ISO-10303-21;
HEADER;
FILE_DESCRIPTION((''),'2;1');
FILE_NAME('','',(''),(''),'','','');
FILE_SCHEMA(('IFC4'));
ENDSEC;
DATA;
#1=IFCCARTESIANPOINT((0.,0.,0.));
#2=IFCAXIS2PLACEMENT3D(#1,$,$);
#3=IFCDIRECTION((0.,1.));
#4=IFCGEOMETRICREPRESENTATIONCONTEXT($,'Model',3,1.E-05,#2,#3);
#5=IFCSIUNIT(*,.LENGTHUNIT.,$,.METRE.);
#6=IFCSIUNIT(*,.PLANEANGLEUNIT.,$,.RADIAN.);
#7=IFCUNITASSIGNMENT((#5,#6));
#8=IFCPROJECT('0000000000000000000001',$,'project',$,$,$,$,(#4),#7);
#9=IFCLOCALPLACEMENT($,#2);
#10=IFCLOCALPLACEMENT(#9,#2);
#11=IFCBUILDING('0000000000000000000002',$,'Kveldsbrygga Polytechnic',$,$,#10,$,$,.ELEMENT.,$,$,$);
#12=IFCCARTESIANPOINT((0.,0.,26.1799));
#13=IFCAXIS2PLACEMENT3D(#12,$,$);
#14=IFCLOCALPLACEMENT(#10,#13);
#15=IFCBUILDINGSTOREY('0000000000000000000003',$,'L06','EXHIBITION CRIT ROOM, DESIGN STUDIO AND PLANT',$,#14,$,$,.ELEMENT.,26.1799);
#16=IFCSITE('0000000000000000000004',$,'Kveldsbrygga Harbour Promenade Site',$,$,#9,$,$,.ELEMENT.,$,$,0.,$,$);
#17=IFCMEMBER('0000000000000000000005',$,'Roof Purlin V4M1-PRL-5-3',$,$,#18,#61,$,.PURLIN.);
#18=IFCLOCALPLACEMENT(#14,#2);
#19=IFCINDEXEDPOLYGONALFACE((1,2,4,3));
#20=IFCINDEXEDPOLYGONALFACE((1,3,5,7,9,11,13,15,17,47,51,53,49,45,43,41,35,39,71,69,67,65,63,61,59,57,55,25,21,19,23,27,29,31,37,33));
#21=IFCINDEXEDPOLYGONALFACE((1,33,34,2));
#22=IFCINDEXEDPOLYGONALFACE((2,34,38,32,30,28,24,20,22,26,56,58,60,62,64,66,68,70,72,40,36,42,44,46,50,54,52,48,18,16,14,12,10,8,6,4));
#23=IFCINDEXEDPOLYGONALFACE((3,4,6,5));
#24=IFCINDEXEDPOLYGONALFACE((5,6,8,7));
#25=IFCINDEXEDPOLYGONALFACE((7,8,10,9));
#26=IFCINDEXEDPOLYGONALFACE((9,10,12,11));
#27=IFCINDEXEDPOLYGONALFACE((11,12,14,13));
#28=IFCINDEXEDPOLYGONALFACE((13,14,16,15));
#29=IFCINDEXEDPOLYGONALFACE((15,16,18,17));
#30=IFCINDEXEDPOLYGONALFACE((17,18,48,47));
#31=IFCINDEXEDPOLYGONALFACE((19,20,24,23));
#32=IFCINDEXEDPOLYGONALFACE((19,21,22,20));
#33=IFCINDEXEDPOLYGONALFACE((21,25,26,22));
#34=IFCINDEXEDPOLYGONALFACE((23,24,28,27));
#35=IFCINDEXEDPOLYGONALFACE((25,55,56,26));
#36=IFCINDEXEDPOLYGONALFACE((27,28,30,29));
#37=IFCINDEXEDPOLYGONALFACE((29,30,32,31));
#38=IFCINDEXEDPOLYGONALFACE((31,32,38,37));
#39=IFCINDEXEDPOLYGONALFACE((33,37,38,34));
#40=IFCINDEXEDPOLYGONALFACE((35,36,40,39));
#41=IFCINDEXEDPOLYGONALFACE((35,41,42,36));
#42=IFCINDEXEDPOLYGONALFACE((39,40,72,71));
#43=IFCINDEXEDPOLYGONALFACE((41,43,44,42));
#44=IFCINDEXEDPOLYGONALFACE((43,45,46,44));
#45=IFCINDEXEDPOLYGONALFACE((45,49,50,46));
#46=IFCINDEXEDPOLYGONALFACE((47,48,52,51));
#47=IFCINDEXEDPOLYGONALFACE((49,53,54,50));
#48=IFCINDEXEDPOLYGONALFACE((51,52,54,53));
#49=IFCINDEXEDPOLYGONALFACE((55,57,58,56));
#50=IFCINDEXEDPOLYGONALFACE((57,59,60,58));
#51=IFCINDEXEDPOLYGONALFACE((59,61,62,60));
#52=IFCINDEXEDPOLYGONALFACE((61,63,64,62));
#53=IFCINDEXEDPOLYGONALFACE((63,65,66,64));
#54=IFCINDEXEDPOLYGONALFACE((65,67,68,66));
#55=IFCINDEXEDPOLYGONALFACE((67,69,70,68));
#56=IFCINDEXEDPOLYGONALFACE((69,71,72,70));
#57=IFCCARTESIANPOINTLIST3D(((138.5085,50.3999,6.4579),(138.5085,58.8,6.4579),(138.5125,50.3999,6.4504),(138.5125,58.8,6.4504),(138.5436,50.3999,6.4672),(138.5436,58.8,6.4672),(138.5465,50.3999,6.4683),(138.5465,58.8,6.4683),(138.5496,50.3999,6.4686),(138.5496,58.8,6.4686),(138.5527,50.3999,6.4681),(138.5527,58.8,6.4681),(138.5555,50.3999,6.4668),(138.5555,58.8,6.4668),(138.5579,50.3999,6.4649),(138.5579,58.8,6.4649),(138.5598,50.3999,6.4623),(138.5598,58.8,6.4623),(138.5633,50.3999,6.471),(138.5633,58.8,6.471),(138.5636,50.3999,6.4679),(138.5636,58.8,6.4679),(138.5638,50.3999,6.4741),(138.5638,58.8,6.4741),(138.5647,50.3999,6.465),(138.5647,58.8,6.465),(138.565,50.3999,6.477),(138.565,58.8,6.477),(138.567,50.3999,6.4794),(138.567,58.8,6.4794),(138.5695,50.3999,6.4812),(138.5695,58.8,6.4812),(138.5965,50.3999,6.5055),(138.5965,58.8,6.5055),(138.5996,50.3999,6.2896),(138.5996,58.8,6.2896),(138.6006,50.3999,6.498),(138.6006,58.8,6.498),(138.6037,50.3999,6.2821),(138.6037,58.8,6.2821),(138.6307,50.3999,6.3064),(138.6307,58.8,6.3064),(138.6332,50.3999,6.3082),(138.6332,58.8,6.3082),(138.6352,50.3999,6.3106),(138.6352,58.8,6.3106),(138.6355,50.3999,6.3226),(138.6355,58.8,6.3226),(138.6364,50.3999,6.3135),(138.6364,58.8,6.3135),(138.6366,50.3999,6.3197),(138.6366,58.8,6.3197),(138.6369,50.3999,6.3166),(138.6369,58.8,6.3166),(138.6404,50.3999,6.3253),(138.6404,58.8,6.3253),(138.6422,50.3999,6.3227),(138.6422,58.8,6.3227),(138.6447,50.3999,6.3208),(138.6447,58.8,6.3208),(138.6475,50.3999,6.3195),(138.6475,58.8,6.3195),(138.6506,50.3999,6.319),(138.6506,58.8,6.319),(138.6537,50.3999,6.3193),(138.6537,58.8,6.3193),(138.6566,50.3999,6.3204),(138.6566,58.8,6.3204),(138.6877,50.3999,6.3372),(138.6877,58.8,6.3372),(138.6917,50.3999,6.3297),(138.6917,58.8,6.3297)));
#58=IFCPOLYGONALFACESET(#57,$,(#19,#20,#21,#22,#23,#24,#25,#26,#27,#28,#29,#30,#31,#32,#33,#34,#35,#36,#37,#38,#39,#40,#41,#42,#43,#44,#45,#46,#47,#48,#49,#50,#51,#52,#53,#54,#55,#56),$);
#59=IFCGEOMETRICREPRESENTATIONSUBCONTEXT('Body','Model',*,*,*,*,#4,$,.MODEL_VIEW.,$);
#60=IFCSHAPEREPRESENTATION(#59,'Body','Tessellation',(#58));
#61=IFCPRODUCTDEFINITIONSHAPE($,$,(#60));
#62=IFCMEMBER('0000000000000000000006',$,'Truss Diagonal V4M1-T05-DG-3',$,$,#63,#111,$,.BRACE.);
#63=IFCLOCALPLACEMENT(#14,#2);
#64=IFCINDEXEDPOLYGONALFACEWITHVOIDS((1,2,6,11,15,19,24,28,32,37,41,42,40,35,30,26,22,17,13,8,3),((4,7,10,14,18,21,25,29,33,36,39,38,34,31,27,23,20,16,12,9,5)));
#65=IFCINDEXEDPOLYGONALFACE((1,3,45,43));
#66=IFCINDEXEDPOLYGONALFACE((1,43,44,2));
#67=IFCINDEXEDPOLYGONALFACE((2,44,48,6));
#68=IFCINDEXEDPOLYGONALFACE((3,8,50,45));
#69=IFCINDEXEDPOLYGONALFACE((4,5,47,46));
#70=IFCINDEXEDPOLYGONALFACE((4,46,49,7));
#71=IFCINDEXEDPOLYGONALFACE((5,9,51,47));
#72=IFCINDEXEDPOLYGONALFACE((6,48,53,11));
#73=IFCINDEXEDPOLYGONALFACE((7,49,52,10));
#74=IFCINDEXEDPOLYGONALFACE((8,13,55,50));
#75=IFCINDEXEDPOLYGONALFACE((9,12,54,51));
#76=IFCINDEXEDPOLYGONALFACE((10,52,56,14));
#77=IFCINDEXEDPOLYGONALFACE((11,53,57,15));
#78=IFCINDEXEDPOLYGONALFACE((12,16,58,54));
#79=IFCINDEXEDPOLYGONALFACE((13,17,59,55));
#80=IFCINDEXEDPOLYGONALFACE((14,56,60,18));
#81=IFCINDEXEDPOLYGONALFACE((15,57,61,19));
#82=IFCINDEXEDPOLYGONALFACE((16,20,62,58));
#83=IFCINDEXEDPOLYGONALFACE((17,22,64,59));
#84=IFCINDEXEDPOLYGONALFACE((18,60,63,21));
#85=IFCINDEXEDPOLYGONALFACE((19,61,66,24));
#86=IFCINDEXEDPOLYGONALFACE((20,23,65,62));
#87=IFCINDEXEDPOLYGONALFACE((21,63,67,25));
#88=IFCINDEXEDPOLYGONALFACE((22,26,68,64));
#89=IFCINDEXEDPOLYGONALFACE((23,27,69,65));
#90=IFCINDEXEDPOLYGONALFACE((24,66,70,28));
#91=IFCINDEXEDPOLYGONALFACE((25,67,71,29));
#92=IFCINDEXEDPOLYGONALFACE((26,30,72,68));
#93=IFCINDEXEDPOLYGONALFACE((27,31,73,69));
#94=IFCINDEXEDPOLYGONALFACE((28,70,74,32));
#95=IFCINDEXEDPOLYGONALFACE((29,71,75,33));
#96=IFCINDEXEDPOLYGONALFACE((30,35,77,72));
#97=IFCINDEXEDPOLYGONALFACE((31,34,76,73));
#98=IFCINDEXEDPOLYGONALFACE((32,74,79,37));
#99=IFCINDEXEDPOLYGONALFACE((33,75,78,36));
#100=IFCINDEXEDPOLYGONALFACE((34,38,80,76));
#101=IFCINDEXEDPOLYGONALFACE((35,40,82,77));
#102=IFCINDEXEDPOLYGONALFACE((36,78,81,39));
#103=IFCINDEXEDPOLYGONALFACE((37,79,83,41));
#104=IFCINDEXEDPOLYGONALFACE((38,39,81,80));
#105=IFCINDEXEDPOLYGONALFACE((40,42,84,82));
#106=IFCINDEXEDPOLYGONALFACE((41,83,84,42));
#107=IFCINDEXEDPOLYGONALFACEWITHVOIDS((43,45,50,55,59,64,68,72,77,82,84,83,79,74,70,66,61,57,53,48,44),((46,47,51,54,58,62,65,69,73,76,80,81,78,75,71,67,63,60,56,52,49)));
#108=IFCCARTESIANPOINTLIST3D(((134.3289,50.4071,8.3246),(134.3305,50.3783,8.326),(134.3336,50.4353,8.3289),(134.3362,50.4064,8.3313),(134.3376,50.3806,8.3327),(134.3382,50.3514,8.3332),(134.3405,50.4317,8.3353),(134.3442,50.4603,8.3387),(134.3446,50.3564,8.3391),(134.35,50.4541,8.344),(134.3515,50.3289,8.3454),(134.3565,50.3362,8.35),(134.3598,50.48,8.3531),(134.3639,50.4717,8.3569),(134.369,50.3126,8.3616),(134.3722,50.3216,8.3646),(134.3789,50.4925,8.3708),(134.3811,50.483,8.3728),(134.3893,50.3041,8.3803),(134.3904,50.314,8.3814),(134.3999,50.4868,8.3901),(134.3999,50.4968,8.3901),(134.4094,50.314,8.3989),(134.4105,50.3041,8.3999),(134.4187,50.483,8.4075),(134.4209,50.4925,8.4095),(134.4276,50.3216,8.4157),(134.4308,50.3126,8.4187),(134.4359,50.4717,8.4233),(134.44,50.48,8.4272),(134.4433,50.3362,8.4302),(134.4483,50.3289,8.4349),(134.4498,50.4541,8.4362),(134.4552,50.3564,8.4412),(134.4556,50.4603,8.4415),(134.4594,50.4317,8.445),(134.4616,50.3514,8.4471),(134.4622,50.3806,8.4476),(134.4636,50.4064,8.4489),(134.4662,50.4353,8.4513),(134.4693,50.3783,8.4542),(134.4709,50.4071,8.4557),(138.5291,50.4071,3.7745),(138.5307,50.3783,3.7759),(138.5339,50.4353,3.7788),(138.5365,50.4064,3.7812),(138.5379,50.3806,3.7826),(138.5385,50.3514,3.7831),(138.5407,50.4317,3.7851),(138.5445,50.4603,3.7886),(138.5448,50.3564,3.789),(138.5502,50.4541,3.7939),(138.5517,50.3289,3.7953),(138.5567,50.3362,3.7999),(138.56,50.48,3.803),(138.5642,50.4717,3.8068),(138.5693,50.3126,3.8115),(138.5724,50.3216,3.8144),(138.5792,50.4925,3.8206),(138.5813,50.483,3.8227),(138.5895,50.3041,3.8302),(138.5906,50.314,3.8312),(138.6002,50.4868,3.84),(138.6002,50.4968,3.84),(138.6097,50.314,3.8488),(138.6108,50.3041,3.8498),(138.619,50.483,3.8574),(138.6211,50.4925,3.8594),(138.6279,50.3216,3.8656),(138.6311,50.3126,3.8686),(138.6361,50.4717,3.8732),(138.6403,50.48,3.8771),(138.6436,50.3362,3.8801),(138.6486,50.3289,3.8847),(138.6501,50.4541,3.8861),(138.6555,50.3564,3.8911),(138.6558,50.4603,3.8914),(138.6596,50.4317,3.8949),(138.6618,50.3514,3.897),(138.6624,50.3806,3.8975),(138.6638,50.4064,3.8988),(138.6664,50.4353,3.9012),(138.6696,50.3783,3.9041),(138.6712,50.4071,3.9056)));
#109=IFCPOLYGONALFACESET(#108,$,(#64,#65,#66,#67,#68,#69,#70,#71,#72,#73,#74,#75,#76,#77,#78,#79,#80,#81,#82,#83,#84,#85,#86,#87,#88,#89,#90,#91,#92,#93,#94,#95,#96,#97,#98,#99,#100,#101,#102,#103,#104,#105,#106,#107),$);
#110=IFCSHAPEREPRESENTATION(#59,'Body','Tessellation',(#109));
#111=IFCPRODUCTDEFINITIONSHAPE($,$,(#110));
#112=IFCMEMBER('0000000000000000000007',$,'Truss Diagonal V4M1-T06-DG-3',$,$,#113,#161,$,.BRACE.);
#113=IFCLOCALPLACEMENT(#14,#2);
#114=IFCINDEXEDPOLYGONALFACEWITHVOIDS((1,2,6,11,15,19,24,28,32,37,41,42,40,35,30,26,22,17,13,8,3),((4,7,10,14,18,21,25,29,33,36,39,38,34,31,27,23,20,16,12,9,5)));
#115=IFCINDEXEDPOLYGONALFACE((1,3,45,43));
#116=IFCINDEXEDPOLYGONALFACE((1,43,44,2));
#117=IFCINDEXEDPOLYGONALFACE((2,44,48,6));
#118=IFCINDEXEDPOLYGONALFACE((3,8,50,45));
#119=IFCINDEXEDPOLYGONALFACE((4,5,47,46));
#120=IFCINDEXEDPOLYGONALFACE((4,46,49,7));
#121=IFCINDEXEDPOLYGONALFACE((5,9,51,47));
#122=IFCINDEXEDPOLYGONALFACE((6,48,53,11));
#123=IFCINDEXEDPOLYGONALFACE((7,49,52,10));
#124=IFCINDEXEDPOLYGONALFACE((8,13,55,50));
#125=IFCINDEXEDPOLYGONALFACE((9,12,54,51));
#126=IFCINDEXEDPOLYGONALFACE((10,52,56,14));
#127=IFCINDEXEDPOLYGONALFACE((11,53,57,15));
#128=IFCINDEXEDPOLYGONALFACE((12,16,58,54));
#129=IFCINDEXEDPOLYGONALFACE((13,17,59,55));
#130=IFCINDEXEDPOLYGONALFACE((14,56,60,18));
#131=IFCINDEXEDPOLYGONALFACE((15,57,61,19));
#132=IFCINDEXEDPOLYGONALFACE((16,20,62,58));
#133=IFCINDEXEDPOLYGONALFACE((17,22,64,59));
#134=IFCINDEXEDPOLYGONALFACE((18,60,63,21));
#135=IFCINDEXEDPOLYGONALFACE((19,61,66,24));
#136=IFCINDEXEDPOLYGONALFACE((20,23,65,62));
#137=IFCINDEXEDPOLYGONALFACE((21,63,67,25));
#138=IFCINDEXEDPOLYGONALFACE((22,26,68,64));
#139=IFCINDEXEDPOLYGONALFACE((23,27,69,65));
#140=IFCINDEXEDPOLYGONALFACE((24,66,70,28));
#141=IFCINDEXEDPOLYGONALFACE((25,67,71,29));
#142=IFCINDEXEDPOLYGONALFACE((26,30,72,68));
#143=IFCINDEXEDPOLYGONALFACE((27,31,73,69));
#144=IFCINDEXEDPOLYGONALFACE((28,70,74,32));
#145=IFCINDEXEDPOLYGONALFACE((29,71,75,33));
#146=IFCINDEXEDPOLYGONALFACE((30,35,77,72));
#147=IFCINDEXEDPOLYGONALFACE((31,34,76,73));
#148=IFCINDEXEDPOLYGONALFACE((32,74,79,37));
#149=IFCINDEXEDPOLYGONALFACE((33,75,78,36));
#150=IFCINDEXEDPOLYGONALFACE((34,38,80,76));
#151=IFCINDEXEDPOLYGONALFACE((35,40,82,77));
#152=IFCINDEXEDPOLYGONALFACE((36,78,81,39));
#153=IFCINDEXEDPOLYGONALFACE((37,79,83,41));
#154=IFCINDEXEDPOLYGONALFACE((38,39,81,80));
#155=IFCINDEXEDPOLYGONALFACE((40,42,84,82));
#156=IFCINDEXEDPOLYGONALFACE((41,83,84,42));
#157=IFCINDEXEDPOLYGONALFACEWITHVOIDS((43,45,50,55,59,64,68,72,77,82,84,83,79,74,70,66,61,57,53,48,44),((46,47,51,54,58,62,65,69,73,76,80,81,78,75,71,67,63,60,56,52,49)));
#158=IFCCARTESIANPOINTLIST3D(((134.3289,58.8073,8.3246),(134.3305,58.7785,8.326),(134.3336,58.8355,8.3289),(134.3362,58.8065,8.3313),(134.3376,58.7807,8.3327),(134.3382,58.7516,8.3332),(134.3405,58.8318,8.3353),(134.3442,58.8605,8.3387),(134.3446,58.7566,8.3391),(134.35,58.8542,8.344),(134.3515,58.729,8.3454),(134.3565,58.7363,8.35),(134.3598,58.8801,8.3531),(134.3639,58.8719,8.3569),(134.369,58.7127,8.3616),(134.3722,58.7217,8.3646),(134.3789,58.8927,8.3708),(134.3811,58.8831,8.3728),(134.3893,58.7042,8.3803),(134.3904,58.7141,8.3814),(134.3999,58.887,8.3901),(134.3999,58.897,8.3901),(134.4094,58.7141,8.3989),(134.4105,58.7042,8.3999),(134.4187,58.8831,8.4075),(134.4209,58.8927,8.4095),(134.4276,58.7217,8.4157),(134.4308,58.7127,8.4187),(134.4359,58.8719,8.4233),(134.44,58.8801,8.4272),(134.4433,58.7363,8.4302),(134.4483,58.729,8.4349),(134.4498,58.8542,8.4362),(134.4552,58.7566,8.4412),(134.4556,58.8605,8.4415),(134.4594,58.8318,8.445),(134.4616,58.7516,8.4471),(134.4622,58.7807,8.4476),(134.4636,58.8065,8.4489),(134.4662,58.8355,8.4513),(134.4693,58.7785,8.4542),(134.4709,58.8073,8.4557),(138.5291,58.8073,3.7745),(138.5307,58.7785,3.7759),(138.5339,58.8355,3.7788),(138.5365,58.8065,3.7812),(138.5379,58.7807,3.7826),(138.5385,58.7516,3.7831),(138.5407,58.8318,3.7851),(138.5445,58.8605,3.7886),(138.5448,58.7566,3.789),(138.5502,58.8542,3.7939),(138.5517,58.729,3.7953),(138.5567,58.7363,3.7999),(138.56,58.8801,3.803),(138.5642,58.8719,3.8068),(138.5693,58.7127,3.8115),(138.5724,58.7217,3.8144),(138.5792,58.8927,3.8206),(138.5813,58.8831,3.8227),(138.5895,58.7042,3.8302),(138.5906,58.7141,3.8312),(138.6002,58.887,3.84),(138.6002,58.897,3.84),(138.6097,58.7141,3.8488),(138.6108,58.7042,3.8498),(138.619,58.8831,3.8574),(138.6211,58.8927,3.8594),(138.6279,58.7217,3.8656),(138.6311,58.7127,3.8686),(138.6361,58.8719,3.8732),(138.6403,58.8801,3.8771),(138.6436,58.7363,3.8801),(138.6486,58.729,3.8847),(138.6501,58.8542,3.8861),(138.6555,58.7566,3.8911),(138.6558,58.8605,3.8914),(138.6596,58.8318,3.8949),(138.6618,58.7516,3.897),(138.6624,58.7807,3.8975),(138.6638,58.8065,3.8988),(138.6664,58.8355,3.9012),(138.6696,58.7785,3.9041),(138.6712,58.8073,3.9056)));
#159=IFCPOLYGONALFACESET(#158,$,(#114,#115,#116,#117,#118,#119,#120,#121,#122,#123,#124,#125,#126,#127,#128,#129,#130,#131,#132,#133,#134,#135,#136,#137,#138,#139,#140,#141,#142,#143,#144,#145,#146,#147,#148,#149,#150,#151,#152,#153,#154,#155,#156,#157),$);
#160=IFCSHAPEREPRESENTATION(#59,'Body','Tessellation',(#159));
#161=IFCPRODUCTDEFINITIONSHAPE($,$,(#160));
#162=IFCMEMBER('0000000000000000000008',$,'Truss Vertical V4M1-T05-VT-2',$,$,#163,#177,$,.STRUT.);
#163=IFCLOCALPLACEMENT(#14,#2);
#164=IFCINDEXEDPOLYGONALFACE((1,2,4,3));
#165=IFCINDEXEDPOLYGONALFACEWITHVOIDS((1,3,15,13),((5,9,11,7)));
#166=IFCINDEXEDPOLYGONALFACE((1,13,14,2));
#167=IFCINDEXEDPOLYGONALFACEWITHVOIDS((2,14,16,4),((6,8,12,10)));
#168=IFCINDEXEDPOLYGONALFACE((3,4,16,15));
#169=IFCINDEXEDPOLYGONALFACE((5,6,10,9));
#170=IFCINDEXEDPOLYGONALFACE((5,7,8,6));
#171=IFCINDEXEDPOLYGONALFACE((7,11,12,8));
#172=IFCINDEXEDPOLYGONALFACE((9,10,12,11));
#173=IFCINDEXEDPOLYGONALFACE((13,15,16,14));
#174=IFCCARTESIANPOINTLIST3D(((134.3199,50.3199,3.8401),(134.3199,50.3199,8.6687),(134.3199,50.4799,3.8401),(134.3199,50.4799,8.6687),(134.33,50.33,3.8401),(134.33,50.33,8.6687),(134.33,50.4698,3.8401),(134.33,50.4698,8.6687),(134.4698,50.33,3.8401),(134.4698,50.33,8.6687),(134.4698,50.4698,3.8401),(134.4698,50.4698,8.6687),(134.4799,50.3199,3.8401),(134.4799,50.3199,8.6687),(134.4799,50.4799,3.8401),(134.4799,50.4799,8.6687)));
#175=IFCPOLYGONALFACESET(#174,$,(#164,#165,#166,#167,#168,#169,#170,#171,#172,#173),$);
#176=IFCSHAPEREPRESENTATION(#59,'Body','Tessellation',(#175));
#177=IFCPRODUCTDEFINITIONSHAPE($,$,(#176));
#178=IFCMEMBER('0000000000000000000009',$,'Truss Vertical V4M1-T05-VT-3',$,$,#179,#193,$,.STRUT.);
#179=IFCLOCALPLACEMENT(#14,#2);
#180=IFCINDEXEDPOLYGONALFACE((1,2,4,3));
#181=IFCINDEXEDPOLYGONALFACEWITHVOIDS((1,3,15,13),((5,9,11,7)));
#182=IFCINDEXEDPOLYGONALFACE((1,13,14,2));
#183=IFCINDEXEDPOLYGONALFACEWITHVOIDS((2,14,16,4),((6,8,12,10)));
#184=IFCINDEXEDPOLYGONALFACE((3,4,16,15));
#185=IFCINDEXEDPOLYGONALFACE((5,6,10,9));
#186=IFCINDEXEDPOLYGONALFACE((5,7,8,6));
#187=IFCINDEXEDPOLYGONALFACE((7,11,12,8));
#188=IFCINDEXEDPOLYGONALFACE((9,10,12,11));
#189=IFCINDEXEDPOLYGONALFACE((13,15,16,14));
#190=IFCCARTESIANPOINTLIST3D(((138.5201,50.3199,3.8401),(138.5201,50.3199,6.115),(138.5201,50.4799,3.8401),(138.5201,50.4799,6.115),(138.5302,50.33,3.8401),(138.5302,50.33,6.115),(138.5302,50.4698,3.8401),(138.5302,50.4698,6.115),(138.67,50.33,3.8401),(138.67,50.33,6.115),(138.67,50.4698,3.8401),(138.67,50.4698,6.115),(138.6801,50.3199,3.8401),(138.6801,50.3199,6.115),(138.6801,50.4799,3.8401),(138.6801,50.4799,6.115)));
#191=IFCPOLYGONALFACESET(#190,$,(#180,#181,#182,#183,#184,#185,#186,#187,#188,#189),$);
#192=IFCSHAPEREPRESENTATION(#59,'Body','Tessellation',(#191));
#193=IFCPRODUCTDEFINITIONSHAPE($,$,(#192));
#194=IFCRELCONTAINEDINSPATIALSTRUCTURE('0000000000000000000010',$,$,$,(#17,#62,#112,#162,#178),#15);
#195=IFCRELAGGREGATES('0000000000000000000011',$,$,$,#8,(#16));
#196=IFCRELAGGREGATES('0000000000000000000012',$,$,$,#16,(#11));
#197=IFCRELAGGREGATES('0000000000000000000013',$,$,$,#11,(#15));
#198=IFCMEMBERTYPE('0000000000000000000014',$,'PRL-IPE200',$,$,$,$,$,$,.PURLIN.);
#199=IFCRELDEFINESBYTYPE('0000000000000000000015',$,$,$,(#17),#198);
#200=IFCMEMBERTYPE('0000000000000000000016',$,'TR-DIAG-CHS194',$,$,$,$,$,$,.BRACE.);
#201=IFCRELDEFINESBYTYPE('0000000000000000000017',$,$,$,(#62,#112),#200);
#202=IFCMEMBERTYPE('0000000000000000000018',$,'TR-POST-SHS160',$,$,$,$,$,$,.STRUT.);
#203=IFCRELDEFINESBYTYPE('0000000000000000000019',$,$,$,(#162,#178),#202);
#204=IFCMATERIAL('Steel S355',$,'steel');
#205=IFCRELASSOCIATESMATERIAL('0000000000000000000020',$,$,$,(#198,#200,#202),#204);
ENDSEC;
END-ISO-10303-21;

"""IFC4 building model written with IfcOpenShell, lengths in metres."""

from ifc_helpers import new_model, si_unit, direction, frame, origin, origin_2d, place, context, subcontext, project, spatial, hollow_rectangle, hollow_circle, i_section, extrude, material, material_profile, profile_set, type_object, element, save


model = new_model("IFC4")

# Units and contexts
model_context = context("Model", 3, precision=1e-05, world=origin(), true_north=direction((0.0, 1.0)))
body_context = subcontext(model_context, "Body", "Model", "MODEL_VIEW")
ifc_project = project(units=[si_unit("LENGTHUNIT", "METRE"), si_unit("PLANEANGLEUNIT", "RADIAN")], contexts=[model_context])

# Site, building, storey
site_placement = place(None, origin())
site = spatial("IfcSite", under=ifc_project, at=site_placement, Name="Kveldsbrygga Harbour Promenade Site", CompositionType="ELEMENT", RefElevation=0.0)
building_placement = place(site_placement, origin())
building = spatial("IfcBuilding", under=site, at=building_placement, Name="Kveldsbrygga Polytechnic", CompositionType="ELEMENT")
storey_placement = place(building_placement, frame((0.0, 0.0, 26.1799)))
storey = spatial("IfcBuildingStorey", under=building, at=storey_placement, Name="L06", Description="EXHIBITION CRIT ROOM, DESIGN STUDIO AND PLANT", CompositionType="ELEMENT", Elevation=26.1799)

# Shared definitions
ifc_material_1 = material(Name="Steel S355", Category="steel")

# Members
ifc_material_profile_1 = material_profile(ifc_material_1, i_section(OverallWidth=0.1001, OverallDepth=0.2, WebThickness=0.0056, FlangeThickness=0.0085, FilletRadius=0.012, at=origin_2d()), Name="IPE 200")
ifc_profile_set_1 = profile_set([ifc_material_profile_1], Name="Steel S355")
member_type_1 = type_object("IfcMemberType", Name="PRL-IPE200", PredefinedType="PURLIN", material=ifc_profile_set_1)
for number, where, z_axis, x_axis, name in (
    (1, (138.6001, 50.3999, 6.3938), (0.0, 1.0, 0.0), (-0.879292, 0.0, -0.476283), "Roof Purlin V4M1-PRL-5-3"),
):
    element("IfcMember", number, at=place(storey_placement, frame(where, z_axis=z_axis, x_axis=x_axis)), inside=storey, type_object=member_type_1, Name=name, PredefinedType="PURLIN", context=body_context, shape_type="SweptSolid", body=[
        extrude(i_section(OverallWidth=0.1001, OverallDepth=0.2, WebThickness=0.0056, FlangeThickness=0.0085, FilletRadius=0.012, at=origin_2d()), origin(), (0.0, 0.0, 1.0), 8.4001),
    ])
ifc_material_profile_2 = material_profile(ifc_material_1, hollow_circle(Radius=0.0969, WallThickness=0.01, at=origin_2d()), Name="CHS 193.7x10.0")
ifc_profile_set_2 = profile_set([ifc_material_profile_2], Name="Steel S355")
member_type_2 = type_object("IfcMemberType", Name="TR-DIAG-CHS194", PredefinedType="BRACE", material=ifc_profile_set_2)
for number, where, z_axis, x_axis, name in (
    (2, (134.3999, 50.3999, 8.3901), (0.678293, 0.0, -0.734791), (0.0, 1.0, 0.0), "Truss Diagonal V4M1-T05-DG-3"),
    (3, (134.3999, 58.8, 8.3901), (0.678293, 0.0, -0.734791), (0.0, 1.0, 0.0), "Truss Diagonal V4M1-T06-DG-3"),
):
    element("IfcMember", number, at=place(storey_placement, frame(where, z_axis=z_axis, x_axis=x_axis)), inside=storey, type_object=member_type_2, Name=name, PredefinedType="BRACE", context=body_context, shape_type="SweptSolid", body=[
        extrude(hollow_circle(Radius=0.0969, WallThickness=0.01, at=origin_2d()), origin(), (0.0, 0.0, 1.0), 6.1924),
    ])
ifc_material_profile_3 = material_profile(ifc_material_1, hollow_rectangle(XDim=0.1599, YDim=0.1599, WallThickness=0.01, at=origin_2d()), Name="SHS 160x160x10.0")
ifc_profile_set_3 = profile_set([ifc_material_profile_3], Name="Steel S355")
member_type_3 = type_object("IfcMemberType", Name="TR-POST-SHS160", PredefinedType="STRUT", material=ifc_profile_set_3)
member_1_placement = place(storey_placement, frame((134.3999, 50.3999, 3.8401), z_axis=(0.0, 0.0, 1.0), x_axis=(1.0, 0.0, 0.0)))
element("IfcMember", 4, at=member_1_placement, inside=storey, type_object=member_type_3, Name="Truss Vertical V4M1-T05-VT-2", PredefinedType="STRUT", context=body_context, shape_type="SweptSolid", body=[
    extrude(hollow_rectangle(XDim=0.1599, YDim=0.1599, WallThickness=0.01, at=origin_2d()), origin(), (0.0, 0.0, 1.0), 4.8286),
])
member_2_placement = place(storey_placement, frame((138.6001, 50.3999, 3.8401), z_axis=(0.0, 0.0, 1.0), x_axis=(1.0, 0.0, 0.0)))
element("IfcMember", 5, at=member_2_placement, inside=storey, type_object=member_type_3, Name="Truss Vertical V4M1-T05-VT-3", PredefinedType="STRUT", context=body_context, shape_type="SweptSolid", body=[
    extrude(hollow_rectangle(XDim=0.1599, YDim=0.1599, WallThickness=0.01, at=origin_2d()), origin(), (0.0, 0.0, 1.0), 2.2749),
])

save(model, "model.ifc")
